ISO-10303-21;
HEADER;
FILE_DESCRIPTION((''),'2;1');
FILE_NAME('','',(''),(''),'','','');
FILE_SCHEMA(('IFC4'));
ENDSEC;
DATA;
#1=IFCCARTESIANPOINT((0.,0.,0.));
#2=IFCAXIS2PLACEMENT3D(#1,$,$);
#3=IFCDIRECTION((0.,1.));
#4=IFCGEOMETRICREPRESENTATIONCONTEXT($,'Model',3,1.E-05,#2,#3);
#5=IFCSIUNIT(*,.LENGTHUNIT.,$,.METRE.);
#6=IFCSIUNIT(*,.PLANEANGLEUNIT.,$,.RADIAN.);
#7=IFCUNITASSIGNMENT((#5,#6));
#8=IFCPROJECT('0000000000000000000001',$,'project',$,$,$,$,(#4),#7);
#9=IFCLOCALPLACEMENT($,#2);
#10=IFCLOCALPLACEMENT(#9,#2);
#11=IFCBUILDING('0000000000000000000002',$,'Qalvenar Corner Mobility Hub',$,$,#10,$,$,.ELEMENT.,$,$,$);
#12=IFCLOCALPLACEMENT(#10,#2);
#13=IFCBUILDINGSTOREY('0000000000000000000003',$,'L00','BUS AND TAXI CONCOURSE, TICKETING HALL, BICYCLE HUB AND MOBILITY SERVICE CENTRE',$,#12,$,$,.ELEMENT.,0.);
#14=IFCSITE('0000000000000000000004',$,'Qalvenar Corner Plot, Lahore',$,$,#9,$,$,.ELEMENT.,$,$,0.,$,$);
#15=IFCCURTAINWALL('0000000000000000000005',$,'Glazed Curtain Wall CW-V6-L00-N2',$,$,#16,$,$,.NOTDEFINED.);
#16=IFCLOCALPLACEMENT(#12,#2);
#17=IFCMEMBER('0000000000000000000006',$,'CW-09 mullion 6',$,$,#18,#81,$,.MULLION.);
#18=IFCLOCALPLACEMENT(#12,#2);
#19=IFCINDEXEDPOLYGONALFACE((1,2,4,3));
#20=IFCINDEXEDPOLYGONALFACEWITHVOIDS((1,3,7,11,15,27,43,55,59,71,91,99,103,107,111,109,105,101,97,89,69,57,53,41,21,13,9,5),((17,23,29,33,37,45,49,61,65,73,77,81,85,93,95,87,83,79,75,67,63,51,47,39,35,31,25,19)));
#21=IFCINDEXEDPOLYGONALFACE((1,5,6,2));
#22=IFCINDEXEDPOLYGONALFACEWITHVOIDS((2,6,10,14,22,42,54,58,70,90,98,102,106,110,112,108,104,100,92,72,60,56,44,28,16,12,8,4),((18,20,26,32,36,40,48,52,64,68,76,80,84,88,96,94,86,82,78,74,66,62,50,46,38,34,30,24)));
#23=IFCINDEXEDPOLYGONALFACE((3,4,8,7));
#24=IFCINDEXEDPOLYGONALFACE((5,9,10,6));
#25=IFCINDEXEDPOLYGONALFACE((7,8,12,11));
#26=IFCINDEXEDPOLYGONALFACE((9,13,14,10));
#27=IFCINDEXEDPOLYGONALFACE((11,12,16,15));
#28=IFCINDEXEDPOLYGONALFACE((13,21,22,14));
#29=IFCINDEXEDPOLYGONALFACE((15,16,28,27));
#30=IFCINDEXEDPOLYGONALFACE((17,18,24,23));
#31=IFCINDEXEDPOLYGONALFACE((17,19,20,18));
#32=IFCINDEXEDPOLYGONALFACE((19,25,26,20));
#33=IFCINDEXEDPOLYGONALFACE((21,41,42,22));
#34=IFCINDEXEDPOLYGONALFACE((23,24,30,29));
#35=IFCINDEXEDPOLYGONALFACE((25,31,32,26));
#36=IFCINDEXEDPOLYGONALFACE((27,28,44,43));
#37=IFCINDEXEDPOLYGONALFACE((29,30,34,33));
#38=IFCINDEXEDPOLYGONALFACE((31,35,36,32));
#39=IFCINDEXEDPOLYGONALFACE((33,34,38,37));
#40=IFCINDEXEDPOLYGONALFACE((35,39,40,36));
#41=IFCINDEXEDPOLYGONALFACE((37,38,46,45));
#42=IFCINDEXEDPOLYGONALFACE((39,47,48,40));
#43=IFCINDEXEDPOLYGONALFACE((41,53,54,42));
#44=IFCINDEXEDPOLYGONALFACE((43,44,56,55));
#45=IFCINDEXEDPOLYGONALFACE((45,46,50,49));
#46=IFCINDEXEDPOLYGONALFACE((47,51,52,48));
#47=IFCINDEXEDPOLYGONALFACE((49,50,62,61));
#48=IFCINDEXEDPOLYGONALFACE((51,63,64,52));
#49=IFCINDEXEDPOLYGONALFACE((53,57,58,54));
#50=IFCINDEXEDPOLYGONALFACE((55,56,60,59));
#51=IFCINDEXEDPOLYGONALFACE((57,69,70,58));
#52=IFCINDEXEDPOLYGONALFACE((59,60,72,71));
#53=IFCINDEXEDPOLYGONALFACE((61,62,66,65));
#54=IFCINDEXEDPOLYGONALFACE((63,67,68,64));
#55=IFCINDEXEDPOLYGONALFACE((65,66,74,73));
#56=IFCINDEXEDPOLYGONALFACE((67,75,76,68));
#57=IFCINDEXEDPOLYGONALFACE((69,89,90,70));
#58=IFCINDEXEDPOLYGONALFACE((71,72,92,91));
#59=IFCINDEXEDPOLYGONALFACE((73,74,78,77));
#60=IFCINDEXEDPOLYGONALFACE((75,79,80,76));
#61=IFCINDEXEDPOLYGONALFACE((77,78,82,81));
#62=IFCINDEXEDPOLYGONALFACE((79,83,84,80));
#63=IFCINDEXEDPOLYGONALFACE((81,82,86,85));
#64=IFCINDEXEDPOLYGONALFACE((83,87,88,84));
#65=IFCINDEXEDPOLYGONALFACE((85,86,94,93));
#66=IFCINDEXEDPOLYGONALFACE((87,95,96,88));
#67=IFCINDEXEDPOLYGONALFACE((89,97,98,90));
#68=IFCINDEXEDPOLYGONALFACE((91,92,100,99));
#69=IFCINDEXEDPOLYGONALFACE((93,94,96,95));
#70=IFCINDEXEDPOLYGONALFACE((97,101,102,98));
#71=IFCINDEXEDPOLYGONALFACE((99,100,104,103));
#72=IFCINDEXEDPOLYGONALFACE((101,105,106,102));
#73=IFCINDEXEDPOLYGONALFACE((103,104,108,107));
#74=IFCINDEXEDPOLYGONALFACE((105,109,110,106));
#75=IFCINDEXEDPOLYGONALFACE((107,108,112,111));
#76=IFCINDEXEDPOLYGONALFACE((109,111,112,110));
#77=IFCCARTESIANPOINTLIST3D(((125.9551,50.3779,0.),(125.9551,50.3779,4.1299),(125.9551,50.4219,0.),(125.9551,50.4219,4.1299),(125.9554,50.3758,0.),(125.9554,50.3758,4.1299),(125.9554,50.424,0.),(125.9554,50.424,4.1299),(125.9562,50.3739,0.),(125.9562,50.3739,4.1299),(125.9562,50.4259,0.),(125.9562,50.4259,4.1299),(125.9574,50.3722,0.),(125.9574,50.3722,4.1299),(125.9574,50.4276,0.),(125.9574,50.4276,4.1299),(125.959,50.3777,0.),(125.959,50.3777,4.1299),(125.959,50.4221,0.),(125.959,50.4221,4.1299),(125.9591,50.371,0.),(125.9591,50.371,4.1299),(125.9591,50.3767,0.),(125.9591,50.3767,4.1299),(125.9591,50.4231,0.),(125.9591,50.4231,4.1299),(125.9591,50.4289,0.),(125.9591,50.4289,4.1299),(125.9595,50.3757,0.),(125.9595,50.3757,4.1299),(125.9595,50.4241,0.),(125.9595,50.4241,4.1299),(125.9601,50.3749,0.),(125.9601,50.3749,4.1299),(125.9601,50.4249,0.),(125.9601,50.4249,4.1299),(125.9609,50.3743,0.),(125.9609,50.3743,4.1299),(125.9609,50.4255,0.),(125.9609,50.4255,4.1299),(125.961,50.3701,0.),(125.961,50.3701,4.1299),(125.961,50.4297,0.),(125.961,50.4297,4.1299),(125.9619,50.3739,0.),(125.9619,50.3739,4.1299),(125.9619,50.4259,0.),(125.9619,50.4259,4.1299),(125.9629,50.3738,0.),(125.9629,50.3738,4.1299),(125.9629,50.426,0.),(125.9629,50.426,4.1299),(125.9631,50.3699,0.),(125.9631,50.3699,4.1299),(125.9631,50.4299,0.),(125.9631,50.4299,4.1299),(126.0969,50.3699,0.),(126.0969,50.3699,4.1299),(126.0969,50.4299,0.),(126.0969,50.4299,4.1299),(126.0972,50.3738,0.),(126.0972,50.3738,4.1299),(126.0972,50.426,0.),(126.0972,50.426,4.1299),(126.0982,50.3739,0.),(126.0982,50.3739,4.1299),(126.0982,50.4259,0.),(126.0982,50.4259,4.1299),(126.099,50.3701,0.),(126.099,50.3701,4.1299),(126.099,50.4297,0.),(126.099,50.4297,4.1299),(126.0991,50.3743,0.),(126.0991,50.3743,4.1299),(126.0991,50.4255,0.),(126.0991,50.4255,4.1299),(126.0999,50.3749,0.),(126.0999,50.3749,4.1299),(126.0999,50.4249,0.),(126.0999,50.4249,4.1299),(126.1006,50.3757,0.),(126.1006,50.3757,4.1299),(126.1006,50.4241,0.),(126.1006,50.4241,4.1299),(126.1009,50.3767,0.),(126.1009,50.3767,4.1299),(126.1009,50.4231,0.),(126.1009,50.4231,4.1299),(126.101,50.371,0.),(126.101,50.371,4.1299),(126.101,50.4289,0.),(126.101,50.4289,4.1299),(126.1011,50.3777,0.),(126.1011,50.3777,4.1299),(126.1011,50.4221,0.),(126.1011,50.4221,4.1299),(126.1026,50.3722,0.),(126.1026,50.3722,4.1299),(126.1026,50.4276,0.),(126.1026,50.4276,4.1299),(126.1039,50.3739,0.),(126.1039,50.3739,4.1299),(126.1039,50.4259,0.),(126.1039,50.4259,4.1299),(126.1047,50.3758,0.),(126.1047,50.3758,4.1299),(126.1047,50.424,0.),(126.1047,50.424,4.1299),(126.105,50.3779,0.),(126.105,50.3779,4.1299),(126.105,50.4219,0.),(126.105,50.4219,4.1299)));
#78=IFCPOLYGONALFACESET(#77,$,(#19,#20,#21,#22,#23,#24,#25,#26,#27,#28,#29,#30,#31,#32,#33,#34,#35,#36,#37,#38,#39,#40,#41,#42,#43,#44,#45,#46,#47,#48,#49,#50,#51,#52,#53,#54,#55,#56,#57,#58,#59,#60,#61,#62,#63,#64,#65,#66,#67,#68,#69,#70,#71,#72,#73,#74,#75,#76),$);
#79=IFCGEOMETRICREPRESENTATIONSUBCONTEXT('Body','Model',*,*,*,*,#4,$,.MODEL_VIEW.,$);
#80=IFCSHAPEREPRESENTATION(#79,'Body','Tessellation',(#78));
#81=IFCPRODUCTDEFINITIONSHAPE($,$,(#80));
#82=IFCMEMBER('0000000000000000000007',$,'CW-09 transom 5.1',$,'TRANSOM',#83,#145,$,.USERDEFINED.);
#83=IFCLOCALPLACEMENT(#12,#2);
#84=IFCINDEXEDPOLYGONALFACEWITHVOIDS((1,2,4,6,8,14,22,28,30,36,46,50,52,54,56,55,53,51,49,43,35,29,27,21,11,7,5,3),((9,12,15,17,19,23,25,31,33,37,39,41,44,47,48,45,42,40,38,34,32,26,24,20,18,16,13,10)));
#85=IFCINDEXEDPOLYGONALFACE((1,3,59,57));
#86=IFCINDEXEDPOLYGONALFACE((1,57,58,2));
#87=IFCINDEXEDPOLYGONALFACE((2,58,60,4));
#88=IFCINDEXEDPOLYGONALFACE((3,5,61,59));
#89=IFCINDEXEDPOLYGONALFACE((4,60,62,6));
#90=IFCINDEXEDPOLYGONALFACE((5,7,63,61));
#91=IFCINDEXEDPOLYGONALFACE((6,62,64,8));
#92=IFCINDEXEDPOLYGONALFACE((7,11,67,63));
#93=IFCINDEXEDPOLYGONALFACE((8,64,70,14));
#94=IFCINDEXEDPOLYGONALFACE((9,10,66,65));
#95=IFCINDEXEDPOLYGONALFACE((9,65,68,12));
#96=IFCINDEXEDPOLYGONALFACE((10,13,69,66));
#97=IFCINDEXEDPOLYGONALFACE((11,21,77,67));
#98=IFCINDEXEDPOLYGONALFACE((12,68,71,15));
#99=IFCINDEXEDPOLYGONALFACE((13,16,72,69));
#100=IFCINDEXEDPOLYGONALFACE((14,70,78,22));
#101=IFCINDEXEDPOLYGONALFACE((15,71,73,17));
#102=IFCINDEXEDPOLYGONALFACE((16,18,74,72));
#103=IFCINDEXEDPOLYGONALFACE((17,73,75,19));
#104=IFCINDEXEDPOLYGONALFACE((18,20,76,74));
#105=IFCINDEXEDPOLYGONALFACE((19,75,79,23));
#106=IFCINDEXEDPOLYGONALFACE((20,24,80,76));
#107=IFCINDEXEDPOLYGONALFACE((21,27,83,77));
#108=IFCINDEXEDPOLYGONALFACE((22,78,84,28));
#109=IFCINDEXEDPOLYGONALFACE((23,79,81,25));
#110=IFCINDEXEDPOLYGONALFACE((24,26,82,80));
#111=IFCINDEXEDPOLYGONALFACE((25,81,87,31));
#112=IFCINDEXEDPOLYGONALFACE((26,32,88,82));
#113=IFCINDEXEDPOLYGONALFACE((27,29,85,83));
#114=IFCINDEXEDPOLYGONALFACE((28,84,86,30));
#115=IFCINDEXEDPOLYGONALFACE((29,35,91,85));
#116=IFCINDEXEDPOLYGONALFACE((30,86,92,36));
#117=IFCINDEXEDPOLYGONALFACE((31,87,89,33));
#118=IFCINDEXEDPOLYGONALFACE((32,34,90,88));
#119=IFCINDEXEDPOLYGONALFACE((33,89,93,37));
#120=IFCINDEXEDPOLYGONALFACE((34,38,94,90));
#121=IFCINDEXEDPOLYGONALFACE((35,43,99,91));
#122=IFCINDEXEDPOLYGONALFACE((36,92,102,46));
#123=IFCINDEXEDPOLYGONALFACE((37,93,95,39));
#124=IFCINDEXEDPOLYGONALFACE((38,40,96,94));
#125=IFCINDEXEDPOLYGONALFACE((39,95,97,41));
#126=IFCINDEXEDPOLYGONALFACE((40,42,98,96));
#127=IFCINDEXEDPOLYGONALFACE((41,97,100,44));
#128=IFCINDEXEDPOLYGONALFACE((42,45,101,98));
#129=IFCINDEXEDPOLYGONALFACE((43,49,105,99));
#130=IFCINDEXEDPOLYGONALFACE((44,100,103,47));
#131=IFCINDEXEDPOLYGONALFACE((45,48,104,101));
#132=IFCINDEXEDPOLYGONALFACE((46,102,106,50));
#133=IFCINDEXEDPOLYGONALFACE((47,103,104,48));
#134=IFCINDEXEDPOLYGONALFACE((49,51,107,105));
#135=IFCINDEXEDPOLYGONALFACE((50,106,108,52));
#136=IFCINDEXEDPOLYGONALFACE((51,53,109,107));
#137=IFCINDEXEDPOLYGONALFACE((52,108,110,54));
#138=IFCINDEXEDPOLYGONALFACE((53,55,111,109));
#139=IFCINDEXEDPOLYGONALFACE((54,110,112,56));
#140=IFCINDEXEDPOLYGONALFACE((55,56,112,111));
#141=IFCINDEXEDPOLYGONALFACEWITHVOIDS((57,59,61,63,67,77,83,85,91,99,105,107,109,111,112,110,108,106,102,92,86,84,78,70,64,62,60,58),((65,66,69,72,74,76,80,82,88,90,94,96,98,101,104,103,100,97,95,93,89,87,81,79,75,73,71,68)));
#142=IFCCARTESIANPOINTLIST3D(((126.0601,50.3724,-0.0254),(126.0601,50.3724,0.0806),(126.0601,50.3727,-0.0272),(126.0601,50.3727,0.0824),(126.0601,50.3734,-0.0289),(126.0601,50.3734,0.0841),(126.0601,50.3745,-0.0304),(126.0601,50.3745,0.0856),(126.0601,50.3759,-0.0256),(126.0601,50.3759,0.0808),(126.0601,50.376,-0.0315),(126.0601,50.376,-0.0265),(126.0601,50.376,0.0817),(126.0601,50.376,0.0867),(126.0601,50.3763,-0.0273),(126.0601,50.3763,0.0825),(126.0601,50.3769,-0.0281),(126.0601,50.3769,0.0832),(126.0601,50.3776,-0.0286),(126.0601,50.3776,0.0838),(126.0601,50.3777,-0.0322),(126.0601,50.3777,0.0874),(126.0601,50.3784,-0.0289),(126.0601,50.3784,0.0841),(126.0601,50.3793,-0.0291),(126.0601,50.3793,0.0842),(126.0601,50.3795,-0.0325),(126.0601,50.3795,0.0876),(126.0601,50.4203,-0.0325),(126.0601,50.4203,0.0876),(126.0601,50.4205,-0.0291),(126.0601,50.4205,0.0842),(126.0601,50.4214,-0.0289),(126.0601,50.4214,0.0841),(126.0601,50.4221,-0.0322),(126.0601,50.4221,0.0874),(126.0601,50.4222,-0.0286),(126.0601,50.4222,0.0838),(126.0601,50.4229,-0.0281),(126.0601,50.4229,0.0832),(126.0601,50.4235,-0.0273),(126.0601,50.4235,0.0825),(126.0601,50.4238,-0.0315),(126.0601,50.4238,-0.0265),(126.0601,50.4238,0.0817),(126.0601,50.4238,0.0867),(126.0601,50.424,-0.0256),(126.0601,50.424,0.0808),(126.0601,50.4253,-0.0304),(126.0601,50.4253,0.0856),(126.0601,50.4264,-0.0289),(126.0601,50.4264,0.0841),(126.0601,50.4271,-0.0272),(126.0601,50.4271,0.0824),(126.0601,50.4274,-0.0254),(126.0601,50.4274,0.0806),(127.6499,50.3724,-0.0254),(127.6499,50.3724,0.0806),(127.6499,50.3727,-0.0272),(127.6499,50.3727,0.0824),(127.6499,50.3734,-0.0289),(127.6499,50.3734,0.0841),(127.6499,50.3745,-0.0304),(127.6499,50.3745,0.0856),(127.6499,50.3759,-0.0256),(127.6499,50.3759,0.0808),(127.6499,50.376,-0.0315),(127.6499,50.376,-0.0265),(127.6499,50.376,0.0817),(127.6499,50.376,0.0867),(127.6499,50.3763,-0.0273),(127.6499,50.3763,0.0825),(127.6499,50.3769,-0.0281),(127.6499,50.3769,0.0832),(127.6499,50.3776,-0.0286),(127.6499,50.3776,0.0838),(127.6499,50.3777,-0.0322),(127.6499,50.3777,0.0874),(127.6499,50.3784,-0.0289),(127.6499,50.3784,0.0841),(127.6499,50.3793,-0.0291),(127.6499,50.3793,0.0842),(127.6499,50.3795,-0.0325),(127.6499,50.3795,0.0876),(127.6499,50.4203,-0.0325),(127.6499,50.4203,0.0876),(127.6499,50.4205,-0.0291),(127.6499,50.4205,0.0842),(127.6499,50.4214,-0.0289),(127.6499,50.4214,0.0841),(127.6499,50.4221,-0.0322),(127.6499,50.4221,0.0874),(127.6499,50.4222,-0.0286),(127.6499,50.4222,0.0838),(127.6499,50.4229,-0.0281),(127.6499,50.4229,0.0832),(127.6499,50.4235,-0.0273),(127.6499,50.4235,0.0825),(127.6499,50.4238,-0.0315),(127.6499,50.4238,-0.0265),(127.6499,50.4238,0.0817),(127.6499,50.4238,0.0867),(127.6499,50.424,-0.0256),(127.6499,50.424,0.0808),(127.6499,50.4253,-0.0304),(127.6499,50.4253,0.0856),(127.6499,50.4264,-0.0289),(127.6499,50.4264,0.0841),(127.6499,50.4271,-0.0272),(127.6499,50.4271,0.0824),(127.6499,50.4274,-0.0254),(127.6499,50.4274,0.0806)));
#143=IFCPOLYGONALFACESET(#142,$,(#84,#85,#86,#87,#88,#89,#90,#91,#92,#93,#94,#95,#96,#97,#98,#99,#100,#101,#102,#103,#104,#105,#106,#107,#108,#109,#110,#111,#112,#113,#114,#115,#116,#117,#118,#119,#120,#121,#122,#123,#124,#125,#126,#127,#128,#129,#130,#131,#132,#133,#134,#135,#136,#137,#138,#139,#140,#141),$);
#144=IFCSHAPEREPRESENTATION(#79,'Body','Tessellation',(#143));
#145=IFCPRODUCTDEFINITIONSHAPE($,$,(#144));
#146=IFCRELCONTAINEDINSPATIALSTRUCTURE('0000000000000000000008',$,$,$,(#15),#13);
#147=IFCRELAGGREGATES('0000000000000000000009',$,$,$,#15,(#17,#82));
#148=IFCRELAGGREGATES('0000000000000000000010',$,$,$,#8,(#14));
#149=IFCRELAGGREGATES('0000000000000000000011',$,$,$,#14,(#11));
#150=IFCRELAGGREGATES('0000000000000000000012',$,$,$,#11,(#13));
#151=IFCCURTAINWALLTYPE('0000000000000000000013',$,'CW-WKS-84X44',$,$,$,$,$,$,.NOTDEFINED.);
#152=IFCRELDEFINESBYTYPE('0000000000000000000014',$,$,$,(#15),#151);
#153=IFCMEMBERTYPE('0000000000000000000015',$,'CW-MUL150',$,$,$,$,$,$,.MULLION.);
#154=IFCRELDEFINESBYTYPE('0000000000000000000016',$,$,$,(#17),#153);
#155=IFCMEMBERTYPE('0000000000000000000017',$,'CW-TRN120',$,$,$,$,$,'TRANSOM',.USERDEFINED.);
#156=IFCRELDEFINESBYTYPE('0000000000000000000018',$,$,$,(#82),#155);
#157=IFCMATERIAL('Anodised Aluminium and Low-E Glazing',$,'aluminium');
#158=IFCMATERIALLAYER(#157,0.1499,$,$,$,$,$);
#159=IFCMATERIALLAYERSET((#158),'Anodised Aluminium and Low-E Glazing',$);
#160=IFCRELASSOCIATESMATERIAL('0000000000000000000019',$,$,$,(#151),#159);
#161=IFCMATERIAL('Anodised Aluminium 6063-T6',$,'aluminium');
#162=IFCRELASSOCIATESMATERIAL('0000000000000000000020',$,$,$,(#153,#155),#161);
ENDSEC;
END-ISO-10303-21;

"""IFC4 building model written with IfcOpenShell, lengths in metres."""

from ifc_helpers import new_model, si_unit, direction, frame, origin, origin_2d, place, context, subcontext, project, spatial, hollow_rectangle, extrude, material, layer, layer_set, material_profile, profile_set, type_object, element, aggregate, save


model = new_model("IFC4")

# Units and contexts
model_context = context("Model", 3, precision=1e-05, world=origin(), true_north=direction((0.0, 1.0)))
body_context = subcontext(model_context, "Body", "Model", "MODEL_VIEW")
ifc_project = project(units=[si_unit("LENGTHUNIT", "METRE"), si_unit("PLANEANGLEUNIT", "RADIAN")], contexts=[model_context])

# Site, building, storey
site_placement = place(None, origin())
site = spatial("IfcSite", under=ifc_project, at=site_placement, Name="Qalvenar Corner Plot, Lahore", CompositionType="ELEMENT", RefElevation=0.0)
building_placement = place(site_placement, origin())
building = spatial("IfcBuilding", under=site, at=building_placement, Name="Qalvenar Corner Mobility Hub", CompositionType="ELEMENT")
storey_placement = place(building_placement, origin())
storey = spatial("IfcBuildingStorey", under=building, at=storey_placement, Name="L00", Description="BUS AND TAXI CONCOURSE, TICKETING HALL, BICYCLE HUB AND MOBILITY SERVICE CENTRE", CompositionType="ELEMENT", Elevation=0.0)

# Curtain wall, members
ifc_material_1 = material(Name="Anodised Aluminium and Low-E Glazing", Category="aluminium")
ifc_layer_1 = layer(ifc_material_1, 0.1499)
ifc_layer_set_1 = layer_set([ifc_layer_1], Name="Anodised Aluminium and Low-E Glazing")
curtain_wall_type = type_object("IfcCurtainWallType", Name="CW-WKS-84X44", PredefinedType="NOTDEFINED", material=ifc_layer_set_1)
curtain_wall_placement = place(storey_placement, origin())
curtain_wall = element("IfcCurtainWall", 1, at=curtain_wall_placement, inside=storey, type_object=curtain_wall_type, Name="Glazed Curtain Wall CW-V6-L00-N2", PredefinedType="NOTDEFINED")
ifc_material_2 = material(Name="Anodised Aluminium 6063-T6", Category="aluminium")
ifc_material_profile_1 = material_profile(ifc_material_2, hollow_rectangle(XDim=0.0601, YDim=0.1499, WallThickness=0.0039, InnerFilletRadius=0.0039, OuterFilletRadius=0.0081, at=origin_2d()), Name="RHS150x60x4")
ifc_profile_set_1 = profile_set([ifc_material_profile_1], Name="Anodised Aluminium 6063-T6")
member_type_1 = type_object("IfcMemberType", Name="CW-MUL150", PredefinedType="MULLION", material=ifc_profile_set_1)
member_1_placement = place(storey_placement, frame((126.03, 50.3999, 0.0), z_axis=(0.0, 0.0, 1.0), x_axis=(0.0, -1.0, 0.0)))
member_1 = element("IfcMember", 2, at=member_1_placement, type_object=member_type_1, Name="CW-09 mullion 6", PredefinedType="MULLION", context=body_context, shape_type="SweptSolid", body=[
    extrude(hollow_rectangle(XDim=0.0601, YDim=0.1499, WallThickness=0.0039, InnerFilletRadius=0.0039, OuterFilletRadius=0.0081, at=origin_2d()), origin(), (0.0, 0.0, 1.0), 4.1299),
])
ifc_material_profile_2 = material_profile(ifc_material_2, hollow_rectangle(XDim=0.0549, YDim=0.1201, WallThickness=0.0034, InnerFilletRadius=0.0034, OuterFilletRadius=0.0071, at=origin_2d()), Name="RHS120x55x3.5")
ifc_profile_set_2 = profile_set([ifc_material_profile_2], Name="Anodised Aluminium 6063-T6")
member_type_2 = type_object("IfcMemberType", Name="CW-TRN120", ElementType="TRANSOM", PredefinedType="USERDEFINED", material=ifc_profile_set_2)
member_2_placement = place(storey_placement, frame((127.6499, 50.3999, 0.0276), z_axis=(-1.0, 0.0, 0.0), x_axis=(0.0, -1.0, 0.0)))
member_2 = element("IfcMember", 3, at=member_2_placement, type_object=member_type_2, Name="CW-09 transom 5.1", ObjectType="TRANSOM", PredefinedType="USERDEFINED", context=body_context, shape_type="SweptSolid", body=[
    extrude(hollow_rectangle(XDim=0.0549, YDim=0.1201, WallThickness=0.0034, InnerFilletRadius=0.0034, OuterFilletRadius=0.0071, at=origin_2d()), origin(), (0.0, 0.0, 1.0), 1.5898),
])
aggregate(curtain_wall, [member_1, member_2])

save(model, "model.ifc")
